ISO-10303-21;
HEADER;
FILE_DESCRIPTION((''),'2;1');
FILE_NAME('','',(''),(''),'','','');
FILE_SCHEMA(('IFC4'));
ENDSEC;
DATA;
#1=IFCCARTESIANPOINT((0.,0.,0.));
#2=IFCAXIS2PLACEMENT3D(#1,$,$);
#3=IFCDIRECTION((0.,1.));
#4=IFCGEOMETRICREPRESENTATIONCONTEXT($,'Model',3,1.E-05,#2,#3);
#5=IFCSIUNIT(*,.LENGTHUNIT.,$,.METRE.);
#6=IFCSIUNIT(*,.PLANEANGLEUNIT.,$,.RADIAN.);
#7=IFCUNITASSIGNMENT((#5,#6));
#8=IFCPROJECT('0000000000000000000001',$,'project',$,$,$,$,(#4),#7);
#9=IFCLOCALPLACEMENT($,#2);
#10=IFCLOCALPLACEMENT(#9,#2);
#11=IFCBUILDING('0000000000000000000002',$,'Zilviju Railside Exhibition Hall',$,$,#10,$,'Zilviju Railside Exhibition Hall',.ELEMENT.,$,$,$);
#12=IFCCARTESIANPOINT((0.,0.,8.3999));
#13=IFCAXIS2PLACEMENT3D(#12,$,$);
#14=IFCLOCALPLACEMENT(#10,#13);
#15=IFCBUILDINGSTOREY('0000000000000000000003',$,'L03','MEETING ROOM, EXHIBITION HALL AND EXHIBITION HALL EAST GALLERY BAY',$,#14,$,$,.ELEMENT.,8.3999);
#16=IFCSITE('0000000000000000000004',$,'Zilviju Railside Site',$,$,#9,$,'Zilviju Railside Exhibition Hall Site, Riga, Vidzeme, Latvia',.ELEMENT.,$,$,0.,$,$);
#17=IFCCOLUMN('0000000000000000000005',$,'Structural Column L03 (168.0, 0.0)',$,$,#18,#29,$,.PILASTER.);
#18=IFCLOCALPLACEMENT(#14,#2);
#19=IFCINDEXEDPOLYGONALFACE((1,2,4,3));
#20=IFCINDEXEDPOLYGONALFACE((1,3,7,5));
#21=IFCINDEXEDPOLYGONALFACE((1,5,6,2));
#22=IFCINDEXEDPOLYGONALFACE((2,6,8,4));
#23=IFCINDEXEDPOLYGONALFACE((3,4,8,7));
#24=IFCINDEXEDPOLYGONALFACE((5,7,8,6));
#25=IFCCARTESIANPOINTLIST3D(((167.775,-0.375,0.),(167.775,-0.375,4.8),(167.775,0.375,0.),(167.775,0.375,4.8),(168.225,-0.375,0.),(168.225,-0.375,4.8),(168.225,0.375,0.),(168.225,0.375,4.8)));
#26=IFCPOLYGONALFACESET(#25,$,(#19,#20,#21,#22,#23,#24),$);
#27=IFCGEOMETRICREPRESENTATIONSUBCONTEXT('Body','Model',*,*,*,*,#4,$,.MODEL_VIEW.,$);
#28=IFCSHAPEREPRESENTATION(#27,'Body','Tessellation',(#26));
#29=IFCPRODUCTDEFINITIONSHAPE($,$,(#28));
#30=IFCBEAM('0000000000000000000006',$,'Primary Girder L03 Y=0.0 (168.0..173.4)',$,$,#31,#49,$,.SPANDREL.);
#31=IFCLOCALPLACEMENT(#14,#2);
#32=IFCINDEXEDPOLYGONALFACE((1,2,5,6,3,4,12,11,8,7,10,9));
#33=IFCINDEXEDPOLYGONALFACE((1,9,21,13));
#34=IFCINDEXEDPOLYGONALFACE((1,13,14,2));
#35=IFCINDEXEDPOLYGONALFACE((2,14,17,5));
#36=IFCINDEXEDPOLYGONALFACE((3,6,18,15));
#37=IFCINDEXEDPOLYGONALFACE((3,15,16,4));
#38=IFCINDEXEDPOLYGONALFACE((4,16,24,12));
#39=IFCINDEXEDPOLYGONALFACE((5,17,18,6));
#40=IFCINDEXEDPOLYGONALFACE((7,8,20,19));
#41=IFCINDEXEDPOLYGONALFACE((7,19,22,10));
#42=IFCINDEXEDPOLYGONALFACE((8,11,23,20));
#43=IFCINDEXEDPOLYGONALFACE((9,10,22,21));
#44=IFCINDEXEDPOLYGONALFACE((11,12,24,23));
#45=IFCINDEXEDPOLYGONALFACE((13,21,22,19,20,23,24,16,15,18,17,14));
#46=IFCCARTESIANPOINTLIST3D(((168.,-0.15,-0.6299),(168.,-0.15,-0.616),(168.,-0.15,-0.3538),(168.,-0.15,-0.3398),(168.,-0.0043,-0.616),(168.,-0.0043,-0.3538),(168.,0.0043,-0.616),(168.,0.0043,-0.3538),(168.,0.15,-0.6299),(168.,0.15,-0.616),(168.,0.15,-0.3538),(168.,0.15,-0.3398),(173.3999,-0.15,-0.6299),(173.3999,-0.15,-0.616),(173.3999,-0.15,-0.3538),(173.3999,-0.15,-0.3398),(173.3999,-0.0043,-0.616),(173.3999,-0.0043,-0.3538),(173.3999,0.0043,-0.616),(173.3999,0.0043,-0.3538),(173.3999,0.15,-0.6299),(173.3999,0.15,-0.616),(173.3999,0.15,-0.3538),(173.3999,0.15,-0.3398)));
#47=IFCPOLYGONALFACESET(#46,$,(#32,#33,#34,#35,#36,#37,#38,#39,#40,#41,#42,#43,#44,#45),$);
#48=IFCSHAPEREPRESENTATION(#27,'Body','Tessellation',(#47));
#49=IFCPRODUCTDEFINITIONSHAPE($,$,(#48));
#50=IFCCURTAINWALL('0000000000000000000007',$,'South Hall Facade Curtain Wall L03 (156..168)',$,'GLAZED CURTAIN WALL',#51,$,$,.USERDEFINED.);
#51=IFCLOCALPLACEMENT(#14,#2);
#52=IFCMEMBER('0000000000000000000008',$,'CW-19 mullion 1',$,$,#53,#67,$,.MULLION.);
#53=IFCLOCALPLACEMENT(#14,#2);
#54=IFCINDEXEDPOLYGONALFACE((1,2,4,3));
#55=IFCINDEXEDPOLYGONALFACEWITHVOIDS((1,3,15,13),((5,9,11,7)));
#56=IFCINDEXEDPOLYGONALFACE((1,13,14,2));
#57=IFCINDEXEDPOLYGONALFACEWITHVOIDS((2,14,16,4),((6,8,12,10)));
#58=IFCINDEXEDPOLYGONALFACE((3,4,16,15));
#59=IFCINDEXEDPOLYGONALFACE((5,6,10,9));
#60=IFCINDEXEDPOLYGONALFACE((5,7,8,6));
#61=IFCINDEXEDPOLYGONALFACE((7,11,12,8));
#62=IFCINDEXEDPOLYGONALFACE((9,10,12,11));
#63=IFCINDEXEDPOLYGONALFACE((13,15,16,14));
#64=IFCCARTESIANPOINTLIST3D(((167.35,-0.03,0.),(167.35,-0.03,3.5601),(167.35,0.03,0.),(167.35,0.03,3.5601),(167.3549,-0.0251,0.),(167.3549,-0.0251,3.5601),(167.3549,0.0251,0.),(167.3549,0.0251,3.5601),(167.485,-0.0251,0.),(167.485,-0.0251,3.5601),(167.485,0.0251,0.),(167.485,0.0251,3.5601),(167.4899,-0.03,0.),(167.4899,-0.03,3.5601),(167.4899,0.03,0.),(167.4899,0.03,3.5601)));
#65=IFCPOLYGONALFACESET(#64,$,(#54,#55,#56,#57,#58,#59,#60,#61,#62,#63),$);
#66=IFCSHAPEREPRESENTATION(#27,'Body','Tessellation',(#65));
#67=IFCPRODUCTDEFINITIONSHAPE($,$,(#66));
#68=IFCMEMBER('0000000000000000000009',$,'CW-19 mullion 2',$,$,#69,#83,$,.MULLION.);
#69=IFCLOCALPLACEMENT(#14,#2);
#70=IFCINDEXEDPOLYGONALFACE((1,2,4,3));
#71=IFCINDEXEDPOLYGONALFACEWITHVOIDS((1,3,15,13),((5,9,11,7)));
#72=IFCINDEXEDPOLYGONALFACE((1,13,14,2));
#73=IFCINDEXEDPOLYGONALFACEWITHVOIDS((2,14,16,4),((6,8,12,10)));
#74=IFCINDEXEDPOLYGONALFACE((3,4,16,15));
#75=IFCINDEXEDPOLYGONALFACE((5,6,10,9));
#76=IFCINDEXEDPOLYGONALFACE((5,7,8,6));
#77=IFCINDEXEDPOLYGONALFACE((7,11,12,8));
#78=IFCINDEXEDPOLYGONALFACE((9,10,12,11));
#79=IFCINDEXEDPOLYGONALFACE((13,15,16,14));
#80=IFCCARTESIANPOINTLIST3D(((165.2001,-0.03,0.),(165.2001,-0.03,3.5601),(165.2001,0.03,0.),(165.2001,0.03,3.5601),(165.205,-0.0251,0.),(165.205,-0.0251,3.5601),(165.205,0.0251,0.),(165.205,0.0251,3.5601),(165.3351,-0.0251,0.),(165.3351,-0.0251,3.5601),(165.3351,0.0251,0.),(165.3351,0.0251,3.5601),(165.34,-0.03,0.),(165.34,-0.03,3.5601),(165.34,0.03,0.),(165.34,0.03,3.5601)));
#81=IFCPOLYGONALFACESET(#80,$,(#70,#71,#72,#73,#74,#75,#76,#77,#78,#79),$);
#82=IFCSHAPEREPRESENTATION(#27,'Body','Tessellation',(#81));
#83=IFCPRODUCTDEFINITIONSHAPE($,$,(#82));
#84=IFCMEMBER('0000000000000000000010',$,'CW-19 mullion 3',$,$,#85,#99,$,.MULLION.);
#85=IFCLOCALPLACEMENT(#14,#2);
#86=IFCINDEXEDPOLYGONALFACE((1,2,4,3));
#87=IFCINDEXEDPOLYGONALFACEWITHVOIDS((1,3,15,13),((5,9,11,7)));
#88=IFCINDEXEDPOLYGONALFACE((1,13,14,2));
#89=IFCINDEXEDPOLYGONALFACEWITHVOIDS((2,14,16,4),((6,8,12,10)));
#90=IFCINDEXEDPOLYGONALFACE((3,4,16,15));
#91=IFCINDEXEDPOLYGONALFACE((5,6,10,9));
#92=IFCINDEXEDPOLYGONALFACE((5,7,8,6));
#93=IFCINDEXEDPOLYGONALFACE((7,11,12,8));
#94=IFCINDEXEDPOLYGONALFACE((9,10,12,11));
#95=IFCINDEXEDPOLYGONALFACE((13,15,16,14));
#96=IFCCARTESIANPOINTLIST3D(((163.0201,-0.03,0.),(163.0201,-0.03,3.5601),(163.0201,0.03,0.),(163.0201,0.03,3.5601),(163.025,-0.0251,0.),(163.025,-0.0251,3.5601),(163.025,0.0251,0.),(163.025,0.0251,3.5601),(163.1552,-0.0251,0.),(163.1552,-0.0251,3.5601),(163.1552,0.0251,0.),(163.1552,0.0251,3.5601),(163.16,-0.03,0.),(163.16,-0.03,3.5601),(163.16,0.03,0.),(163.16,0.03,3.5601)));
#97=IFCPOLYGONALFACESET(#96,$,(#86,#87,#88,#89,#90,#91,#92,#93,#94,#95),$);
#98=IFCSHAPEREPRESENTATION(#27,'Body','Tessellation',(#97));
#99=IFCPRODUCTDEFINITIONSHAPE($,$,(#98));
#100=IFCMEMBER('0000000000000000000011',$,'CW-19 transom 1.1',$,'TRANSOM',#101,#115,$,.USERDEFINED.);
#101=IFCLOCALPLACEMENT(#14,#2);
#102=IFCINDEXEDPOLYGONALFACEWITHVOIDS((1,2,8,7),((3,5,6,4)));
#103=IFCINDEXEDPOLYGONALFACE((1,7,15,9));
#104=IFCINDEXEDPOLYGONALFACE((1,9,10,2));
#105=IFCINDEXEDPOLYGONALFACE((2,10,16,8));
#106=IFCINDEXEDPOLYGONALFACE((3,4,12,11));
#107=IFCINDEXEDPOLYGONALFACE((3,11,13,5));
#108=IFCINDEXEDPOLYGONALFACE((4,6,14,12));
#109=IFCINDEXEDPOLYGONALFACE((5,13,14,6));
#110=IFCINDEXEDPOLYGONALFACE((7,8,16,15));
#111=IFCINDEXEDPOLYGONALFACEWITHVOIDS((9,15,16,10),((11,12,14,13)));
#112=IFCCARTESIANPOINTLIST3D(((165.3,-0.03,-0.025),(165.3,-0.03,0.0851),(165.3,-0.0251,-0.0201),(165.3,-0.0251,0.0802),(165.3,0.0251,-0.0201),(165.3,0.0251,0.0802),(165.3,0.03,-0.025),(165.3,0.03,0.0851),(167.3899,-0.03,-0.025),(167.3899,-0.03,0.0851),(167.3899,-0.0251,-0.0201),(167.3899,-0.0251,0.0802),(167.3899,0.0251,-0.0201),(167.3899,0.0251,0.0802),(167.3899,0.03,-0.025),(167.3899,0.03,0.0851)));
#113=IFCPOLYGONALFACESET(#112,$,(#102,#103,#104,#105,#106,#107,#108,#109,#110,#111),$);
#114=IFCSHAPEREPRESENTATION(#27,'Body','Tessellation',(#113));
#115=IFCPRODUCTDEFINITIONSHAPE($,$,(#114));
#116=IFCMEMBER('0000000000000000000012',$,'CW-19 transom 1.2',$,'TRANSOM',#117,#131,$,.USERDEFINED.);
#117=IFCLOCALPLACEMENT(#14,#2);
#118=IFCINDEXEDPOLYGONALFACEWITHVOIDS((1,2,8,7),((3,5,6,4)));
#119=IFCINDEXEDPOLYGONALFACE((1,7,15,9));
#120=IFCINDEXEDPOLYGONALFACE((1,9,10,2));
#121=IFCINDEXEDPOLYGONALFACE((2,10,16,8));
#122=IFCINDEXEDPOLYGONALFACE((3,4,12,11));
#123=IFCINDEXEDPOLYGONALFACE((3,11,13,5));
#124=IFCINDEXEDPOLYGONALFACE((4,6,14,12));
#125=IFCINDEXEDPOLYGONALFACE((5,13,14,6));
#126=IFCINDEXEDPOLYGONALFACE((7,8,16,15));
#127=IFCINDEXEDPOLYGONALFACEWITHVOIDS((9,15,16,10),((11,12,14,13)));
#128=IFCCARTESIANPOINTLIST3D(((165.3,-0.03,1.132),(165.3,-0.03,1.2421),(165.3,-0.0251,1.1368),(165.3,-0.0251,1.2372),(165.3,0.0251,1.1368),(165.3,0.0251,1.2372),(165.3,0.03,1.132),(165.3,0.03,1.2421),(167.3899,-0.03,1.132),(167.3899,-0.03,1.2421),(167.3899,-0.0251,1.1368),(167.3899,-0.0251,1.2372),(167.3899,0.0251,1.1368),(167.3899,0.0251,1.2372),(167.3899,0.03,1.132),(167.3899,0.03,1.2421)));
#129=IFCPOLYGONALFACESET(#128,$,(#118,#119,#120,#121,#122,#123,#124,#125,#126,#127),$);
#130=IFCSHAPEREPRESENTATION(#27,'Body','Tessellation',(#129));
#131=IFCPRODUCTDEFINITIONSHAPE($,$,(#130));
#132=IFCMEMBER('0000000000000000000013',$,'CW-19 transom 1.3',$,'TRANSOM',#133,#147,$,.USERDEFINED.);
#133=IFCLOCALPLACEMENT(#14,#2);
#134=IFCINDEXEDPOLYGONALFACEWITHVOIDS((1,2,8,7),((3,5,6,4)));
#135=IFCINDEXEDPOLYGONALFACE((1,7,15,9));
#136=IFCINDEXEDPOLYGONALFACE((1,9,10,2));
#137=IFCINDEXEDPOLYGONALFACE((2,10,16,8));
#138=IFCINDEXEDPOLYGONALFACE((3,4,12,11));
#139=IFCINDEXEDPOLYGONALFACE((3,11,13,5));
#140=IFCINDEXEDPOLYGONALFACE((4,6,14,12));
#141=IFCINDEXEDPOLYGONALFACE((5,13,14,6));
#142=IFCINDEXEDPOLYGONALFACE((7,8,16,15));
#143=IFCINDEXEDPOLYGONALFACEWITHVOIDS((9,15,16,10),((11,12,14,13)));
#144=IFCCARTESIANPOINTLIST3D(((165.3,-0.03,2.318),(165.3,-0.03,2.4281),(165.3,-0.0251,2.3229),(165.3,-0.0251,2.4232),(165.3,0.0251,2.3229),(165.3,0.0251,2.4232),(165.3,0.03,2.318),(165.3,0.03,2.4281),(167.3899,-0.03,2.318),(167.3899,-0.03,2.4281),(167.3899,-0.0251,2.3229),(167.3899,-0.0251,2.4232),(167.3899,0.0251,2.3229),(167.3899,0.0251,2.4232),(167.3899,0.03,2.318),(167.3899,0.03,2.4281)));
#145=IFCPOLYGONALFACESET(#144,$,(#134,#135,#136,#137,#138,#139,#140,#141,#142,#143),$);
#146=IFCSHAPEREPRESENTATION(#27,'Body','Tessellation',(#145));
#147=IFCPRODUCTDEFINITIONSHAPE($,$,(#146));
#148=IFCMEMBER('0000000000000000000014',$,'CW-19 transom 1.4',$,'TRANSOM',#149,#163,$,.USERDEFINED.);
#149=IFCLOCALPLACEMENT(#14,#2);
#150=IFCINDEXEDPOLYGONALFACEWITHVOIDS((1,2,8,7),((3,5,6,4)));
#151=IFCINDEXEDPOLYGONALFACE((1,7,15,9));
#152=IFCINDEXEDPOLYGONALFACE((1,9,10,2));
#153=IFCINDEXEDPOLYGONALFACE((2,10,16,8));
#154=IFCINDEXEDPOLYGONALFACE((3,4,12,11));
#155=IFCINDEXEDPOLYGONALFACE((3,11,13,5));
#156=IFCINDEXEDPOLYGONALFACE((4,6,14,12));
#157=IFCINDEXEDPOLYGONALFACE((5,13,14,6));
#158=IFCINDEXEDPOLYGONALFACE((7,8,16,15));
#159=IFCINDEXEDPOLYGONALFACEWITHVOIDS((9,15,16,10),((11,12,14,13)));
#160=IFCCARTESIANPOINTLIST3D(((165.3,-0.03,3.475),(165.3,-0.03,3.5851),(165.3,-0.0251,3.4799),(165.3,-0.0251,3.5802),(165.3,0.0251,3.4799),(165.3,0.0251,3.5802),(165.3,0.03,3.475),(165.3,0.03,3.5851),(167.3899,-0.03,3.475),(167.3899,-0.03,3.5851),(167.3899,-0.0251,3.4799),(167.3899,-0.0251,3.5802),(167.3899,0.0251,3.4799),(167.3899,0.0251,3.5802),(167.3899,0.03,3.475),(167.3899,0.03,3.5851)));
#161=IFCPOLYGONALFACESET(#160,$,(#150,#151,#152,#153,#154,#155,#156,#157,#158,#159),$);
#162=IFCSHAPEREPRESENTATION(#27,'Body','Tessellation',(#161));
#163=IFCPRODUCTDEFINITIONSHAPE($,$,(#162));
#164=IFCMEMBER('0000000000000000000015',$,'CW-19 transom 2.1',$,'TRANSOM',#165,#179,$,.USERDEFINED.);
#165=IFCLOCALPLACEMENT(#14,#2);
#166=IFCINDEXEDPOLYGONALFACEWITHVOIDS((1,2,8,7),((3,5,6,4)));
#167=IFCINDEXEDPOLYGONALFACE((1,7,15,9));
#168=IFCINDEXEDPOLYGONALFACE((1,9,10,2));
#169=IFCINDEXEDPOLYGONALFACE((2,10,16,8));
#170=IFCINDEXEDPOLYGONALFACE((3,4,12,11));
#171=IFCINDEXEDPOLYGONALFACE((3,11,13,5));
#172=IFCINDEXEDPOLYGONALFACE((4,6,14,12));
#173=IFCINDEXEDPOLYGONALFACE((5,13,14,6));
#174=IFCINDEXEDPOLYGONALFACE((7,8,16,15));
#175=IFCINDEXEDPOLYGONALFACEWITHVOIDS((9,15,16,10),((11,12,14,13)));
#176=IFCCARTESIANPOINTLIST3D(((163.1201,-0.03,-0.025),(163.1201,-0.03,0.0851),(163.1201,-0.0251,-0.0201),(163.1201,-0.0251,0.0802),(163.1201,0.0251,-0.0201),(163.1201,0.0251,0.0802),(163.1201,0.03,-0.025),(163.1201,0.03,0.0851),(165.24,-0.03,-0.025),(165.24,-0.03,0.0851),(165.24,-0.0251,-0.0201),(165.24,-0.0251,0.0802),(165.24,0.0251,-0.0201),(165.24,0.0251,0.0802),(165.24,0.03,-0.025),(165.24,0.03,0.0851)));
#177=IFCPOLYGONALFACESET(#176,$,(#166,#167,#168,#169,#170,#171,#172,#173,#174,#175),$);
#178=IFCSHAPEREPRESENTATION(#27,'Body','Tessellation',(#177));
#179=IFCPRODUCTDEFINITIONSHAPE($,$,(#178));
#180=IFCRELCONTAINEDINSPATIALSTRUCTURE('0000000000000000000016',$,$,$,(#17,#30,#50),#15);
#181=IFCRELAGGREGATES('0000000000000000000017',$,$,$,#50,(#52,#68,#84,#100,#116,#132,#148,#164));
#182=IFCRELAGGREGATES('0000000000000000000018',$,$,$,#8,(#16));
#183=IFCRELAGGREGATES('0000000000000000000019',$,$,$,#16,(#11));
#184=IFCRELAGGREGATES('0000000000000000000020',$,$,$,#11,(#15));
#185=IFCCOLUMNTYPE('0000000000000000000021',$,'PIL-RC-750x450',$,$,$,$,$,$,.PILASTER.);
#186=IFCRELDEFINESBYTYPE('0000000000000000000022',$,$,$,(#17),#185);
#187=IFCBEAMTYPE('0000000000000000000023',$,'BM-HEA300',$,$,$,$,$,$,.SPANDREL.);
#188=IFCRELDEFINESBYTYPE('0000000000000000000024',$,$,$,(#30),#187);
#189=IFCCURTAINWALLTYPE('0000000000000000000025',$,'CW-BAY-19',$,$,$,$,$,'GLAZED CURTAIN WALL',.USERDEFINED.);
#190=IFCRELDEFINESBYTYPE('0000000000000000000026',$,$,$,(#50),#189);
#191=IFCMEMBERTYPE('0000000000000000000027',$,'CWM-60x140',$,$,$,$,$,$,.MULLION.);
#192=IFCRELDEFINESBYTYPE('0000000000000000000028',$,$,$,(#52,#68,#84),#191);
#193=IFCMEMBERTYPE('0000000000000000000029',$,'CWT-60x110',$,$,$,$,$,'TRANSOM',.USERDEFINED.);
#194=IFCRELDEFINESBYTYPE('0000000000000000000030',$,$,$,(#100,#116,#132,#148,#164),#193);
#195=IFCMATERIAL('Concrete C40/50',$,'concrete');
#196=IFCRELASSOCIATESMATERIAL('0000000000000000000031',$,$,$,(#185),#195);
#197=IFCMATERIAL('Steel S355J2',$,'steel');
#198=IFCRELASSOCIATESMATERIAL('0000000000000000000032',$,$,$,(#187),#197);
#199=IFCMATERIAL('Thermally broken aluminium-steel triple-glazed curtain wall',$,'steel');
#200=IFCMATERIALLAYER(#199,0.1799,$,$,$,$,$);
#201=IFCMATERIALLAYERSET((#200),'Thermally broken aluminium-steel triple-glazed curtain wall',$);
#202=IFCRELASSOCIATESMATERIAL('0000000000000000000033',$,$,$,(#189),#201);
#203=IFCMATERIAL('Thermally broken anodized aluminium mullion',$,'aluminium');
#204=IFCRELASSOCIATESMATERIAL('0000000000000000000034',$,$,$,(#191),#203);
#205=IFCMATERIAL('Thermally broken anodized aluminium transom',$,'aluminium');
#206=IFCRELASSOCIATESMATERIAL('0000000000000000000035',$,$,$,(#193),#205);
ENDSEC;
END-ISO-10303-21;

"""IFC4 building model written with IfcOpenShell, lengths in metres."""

from ifc_helpers import new_model, si_unit, direction, frame, origin, origin_2d, place, context, subcontext, project, spatial, rectangle, hollow_rectangle, i_section, extrude, material, layer, layer_set, material_profile, profile_set, type_object, element, aggregate, save


model = new_model("IFC4")

# Units and contexts
model_context = context("Model", 3, precision=1e-05, world=origin(), true_north=direction((0.0, 1.0)))
body_context = subcontext(model_context, "Body", "Model", "MODEL_VIEW")
ifc_project = project(units=[si_unit("LENGTHUNIT", "METRE"), si_unit("PLANEANGLEUNIT", "RADIAN")], contexts=[model_context])

# Site, building, storey
site_placement = place(None, origin())
site = spatial("IfcSite", under=ifc_project, at=site_placement, Name="Zilviju Railside Site", LongName="Zilviju Railside Exhibition Hall Site, Riga, Vidzeme, Latvia", CompositionType="ELEMENT", RefElevation=0.0)
building_placement = place(site_placement, origin())
building = spatial("IfcBuilding", under=site, at=building_placement, Name="Zilviju Railside Exhibition Hall", LongName="Zilviju Railside Exhibition Hall", CompositionType="ELEMENT")
storey_placement = place(building_placement, frame((0.0, 0.0, 8.3999)))
storey = spatial("IfcBuildingStorey", under=building, at=storey_placement, Name="L03", Description="MEETING ROOM, EXHIBITION HALL AND EXHIBITION HALL EAST GALLERY BAY", CompositionType="ELEMENT", Elevation=8.3999)

# Column
ifc_material_1 = material(Name="Concrete C40/50", Category="concrete")
ifc_material_profile_1 = material_profile(ifc_material_1, rectangle(XDim=0.45, YDim=0.75, at=origin_2d()), Name="RC COL 450x750")
ifc_profile_set_1 = profile_set([ifc_material_profile_1], Name="Concrete C40/50")
column_type = type_object("IfcColumnType", Name="PIL-RC-750x450", PredefinedType="PILASTER", material=ifc_profile_set_1)
column_placement = place(storey_placement, frame((168.0, 0.0, 0.0), z_axis=(0.0, 0.0, 1.0), x_axis=(1.0, 0.0, 0.0)))
element("IfcColumn", 1, at=column_placement, inside=storey, type_object=column_type, Name="Structural Column L03 (168.0, 0.0)", PredefinedType="PILASTER", context=body_context, shape_type="SweptSolid", body=[
    extrude(rectangle(XDim=0.45, YDim=0.75, at=origin_2d()), origin(), (0.0, 0.0, 1.0), 4.8),
])

# Beam
ifc_material_2 = material(Name="Steel S355J2", Category="steel")
ifc_material_profile_2 = material_profile(ifc_material_2, i_section(OverallWidth=0.3, OverallDepth=0.29, WebThickness=0.0085, FlangeThickness=0.0139, at=origin_2d()), Name="HEA 300")
ifc_profile_set_2 = profile_set([ifc_material_profile_2], Name="Steel S355J2")
beam_type = type_object("IfcBeamType", Name="BM-HEA300", PredefinedType="SPANDREL", material=ifc_profile_set_2)
beam_placement = place(storey_placement, frame((168.0, 0.0, -0.4849), z_axis=(1.0, 0.0, 0.0), x_axis=(0.0, 1.0, 0.0)))
element("IfcBeam", 2, at=beam_placement, inside=storey, type_object=beam_type, Name="Primary Girder L03 Y=0.0 (168.0..173.4)", PredefinedType="SPANDREL", context=body_context, shape_type="SweptSolid", body=[
    extrude(i_section(OverallWidth=0.3, OverallDepth=0.29, WebThickness=0.0085, FlangeThickness=0.0139, at=origin_2d()), origin(), (0.0, 0.0, 1.0), 5.3999),
])

# Curtain wall, members
ifc_material_3 = material(Name="Thermally broken aluminium-steel triple-glazed curtain wall", Category="steel")
ifc_layer_1 = layer(ifc_material_3, 0.1799)
ifc_layer_set_1 = layer_set([ifc_layer_1], Name="Thermally broken aluminium-steel triple-glazed curtain wall")
curtain_wall_type = type_object("IfcCurtainWallType", Name="CW-BAY-19", ElementType="GLAZED CURTAIN WALL", PredefinedType="USERDEFINED", material=ifc_layer_set_1)
curtain_wall_placement = place(storey_placement, origin())
curtain_wall = element("IfcCurtainWall", 3, at=curtain_wall_placement, inside=storey, type_object=curtain_wall_type, Name="South Hall Facade Curtain Wall L03 (156..168)", ObjectType="GLAZED CURTAIN WALL", PredefinedType="USERDEFINED")
ifc_material_4 = material(Name="Thermally broken anodized aluminium mullion", Category="aluminium")
ifc_material_profile_3 = material_profile(ifc_material_4, hollow_rectangle(XDim=0.0601, YDim=0.1399, WallThickness=0.0049, at=origin_2d()), Name="MULLION 140x60x5")
ifc_profile_set_3 = profile_set([ifc_material_profile_3], Name="Thermally broken anodized aluminium mullion")
member_type_1 = type_object("IfcMemberType", Name="CWM-60x140", PredefinedType="MULLION", material=ifc_profile_set_3)
member_1_placement = place(storey_placement, frame((167.4199, 0.0, 0.0), z_axis=(0.0, 0.0, 1.0), x_axis=(0.0, -1.0, 0.0)))
member_1 = element("IfcMember", 4, at=member_1_placement, type_object=member_type_1, Name="CW-19 mullion 1", PredefinedType="MULLION", context=body_context, shape_type="SweptSolid", body=[
    extrude(hollow_rectangle(XDim=0.0601, YDim=0.1399, WallThickness=0.0049, at=origin_2d()), origin(), (0.0, 0.0, 1.0), 3.5601),
])
member_2_placement = place(storey_placement, frame((165.27, 0.0, 0.0), z_axis=(0.0, 0.0, 1.0), x_axis=(0.0, -1.0, 0.0)))
member_2 = element("IfcMember", 5, at=member_2_placement, type_object=member_type_1, Name="CW-19 mullion 2", PredefinedType="MULLION", context=body_context, shape_type="SweptSolid", body=[
    extrude(hollow_rectangle(XDim=0.0601, YDim=0.1399, WallThickness=0.0049, at=origin_2d()), origin(), (0.0, 0.0, 1.0), 3.5601),
])
member_3_placement = place(storey_placement, frame((163.0901, 0.0, 0.0), z_axis=(0.0, 0.0, 1.0), x_axis=(0.0, -1.0, 0.0)))
member_3 = element("IfcMember", 6, at=member_3_placement, type_object=member_type_1, Name="CW-19 mullion 3", PredefinedType="MULLION", context=body_context, shape_type="SweptSolid", body=[
    extrude(hollow_rectangle(XDim=0.0601, YDim=0.1399, WallThickness=0.0049, at=origin_2d()), origin(), (0.0, 0.0, 1.0), 3.5601),
])
ifc_material_5 = material(Name="Thermally broken anodized aluminium transom", Category="aluminium")
ifc_material_profile_4 = material_profile(ifc_material_5, hollow_rectangle(XDim=0.0601, YDim=0.1101, WallThickness=0.0049, at=origin_2d()), Name="TRANSOM 110x60x5")
ifc_profile_set_4 = profile_set([ifc_material_profile_4], Name="Thermally broken anodized aluminium transom")
member_type_2 = type_object("IfcMemberType", Name="CWT-60x110", ElementType="TRANSOM", PredefinedType="USERDEFINED", material=ifc_profile_set_4)
member_4_placement = place(storey_placement, frame((167.3899, 0.0, 0.03), z_axis=(-1.0, 0.0, 0.0), x_axis=(0.0, -1.0, 0.0)))
member_4 = element("IfcMember", 7, at=member_4_placement, type_object=member_type_2, Name="CW-19 transom 1.1", ObjectType="TRANSOM", PredefinedType="USERDEFINED", context=body_context, shape_type="SweptSolid", body=[
    extrude(hollow_rectangle(XDim=0.0601, YDim=0.1101, WallThickness=0.0049, at=origin_2d()), origin(), (0.0, 0.0, 1.0), 2.0898),
])
member_5_placement = place(storey_placement, frame((167.3899, 0.0, 1.187), z_axis=(-1.0, 0.0, 0.0), x_axis=(0.0, -1.0, 0.0)))
member_5 = element("IfcMember", 8, at=member_5_placement, type_object=member_type_2, Name="CW-19 transom 1.2", ObjectType="TRANSOM", PredefinedType="USERDEFINED", context=body_context, shape_type="SweptSolid", body=[
    extrude(hollow_rectangle(XDim=0.0601, YDim=0.1101, WallThickness=0.0049, at=origin_2d()), origin(), (0.0, 0.0, 1.0), 2.0898),
])
member_6_placement = place(storey_placement, frame((167.3899, 0.0, 2.373), z_axis=(-1.0, 0.0, 0.0), x_axis=(0.0, -1.0, 0.0)))
member_6 = element("IfcMember", 9, at=member_6_placement, type_object=member_type_2, Name="CW-19 transom 1.3", ObjectType="TRANSOM", PredefinedType="USERDEFINED", context=body_context, shape_type="SweptSolid", body=[
    extrude(hollow_rectangle(XDim=0.0601, YDim=0.1101, WallThickness=0.0049, at=origin_2d()), origin(), (0.0, 0.0, 1.0), 2.0898),
])
member_7_placement = place(storey_placement, frame((167.3899, 0.0, 3.53), z_axis=(-1.0, 0.0, 0.0), x_axis=(0.0, -1.0, 0.0)))
member_7 = element("IfcMember", 10, at=member_7_placement, type_object=member_type_2, Name="CW-19 transom 1.4", ObjectType="TRANSOM", PredefinedType="USERDEFINED", context=body_context, shape_type="SweptSolid", body=[
    extrude(hollow_rectangle(XDim=0.0601, YDim=0.1101, WallThickness=0.0049, at=origin_2d()), origin(), (0.0, 0.0, 1.0), 2.0898),
])
member_8_placement = place(storey_placement, frame((165.24, 0.0, 0.03), z_axis=(-1.0, 0.0, 0.0), x_axis=(0.0, -1.0, 0.0)))
member_8 = element("IfcMember", 11, at=member_8_placement, type_object=member_type_2, Name="CW-19 transom 2.1", ObjectType="TRANSOM", PredefinedType="USERDEFINED", context=body_context, shape_type="SweptSolid", body=[
    extrude(hollow_rectangle(XDim=0.0601, YDim=0.1101, WallThickness=0.0049, at=origin_2d()), origin(), (0.0, 0.0, 1.0), 2.1199),
])
aggregate(curtain_wall, [member_1, member_2, member_3, member_4, member_5, member_6, member_7, member_8])

save(model, "model.ifc")
